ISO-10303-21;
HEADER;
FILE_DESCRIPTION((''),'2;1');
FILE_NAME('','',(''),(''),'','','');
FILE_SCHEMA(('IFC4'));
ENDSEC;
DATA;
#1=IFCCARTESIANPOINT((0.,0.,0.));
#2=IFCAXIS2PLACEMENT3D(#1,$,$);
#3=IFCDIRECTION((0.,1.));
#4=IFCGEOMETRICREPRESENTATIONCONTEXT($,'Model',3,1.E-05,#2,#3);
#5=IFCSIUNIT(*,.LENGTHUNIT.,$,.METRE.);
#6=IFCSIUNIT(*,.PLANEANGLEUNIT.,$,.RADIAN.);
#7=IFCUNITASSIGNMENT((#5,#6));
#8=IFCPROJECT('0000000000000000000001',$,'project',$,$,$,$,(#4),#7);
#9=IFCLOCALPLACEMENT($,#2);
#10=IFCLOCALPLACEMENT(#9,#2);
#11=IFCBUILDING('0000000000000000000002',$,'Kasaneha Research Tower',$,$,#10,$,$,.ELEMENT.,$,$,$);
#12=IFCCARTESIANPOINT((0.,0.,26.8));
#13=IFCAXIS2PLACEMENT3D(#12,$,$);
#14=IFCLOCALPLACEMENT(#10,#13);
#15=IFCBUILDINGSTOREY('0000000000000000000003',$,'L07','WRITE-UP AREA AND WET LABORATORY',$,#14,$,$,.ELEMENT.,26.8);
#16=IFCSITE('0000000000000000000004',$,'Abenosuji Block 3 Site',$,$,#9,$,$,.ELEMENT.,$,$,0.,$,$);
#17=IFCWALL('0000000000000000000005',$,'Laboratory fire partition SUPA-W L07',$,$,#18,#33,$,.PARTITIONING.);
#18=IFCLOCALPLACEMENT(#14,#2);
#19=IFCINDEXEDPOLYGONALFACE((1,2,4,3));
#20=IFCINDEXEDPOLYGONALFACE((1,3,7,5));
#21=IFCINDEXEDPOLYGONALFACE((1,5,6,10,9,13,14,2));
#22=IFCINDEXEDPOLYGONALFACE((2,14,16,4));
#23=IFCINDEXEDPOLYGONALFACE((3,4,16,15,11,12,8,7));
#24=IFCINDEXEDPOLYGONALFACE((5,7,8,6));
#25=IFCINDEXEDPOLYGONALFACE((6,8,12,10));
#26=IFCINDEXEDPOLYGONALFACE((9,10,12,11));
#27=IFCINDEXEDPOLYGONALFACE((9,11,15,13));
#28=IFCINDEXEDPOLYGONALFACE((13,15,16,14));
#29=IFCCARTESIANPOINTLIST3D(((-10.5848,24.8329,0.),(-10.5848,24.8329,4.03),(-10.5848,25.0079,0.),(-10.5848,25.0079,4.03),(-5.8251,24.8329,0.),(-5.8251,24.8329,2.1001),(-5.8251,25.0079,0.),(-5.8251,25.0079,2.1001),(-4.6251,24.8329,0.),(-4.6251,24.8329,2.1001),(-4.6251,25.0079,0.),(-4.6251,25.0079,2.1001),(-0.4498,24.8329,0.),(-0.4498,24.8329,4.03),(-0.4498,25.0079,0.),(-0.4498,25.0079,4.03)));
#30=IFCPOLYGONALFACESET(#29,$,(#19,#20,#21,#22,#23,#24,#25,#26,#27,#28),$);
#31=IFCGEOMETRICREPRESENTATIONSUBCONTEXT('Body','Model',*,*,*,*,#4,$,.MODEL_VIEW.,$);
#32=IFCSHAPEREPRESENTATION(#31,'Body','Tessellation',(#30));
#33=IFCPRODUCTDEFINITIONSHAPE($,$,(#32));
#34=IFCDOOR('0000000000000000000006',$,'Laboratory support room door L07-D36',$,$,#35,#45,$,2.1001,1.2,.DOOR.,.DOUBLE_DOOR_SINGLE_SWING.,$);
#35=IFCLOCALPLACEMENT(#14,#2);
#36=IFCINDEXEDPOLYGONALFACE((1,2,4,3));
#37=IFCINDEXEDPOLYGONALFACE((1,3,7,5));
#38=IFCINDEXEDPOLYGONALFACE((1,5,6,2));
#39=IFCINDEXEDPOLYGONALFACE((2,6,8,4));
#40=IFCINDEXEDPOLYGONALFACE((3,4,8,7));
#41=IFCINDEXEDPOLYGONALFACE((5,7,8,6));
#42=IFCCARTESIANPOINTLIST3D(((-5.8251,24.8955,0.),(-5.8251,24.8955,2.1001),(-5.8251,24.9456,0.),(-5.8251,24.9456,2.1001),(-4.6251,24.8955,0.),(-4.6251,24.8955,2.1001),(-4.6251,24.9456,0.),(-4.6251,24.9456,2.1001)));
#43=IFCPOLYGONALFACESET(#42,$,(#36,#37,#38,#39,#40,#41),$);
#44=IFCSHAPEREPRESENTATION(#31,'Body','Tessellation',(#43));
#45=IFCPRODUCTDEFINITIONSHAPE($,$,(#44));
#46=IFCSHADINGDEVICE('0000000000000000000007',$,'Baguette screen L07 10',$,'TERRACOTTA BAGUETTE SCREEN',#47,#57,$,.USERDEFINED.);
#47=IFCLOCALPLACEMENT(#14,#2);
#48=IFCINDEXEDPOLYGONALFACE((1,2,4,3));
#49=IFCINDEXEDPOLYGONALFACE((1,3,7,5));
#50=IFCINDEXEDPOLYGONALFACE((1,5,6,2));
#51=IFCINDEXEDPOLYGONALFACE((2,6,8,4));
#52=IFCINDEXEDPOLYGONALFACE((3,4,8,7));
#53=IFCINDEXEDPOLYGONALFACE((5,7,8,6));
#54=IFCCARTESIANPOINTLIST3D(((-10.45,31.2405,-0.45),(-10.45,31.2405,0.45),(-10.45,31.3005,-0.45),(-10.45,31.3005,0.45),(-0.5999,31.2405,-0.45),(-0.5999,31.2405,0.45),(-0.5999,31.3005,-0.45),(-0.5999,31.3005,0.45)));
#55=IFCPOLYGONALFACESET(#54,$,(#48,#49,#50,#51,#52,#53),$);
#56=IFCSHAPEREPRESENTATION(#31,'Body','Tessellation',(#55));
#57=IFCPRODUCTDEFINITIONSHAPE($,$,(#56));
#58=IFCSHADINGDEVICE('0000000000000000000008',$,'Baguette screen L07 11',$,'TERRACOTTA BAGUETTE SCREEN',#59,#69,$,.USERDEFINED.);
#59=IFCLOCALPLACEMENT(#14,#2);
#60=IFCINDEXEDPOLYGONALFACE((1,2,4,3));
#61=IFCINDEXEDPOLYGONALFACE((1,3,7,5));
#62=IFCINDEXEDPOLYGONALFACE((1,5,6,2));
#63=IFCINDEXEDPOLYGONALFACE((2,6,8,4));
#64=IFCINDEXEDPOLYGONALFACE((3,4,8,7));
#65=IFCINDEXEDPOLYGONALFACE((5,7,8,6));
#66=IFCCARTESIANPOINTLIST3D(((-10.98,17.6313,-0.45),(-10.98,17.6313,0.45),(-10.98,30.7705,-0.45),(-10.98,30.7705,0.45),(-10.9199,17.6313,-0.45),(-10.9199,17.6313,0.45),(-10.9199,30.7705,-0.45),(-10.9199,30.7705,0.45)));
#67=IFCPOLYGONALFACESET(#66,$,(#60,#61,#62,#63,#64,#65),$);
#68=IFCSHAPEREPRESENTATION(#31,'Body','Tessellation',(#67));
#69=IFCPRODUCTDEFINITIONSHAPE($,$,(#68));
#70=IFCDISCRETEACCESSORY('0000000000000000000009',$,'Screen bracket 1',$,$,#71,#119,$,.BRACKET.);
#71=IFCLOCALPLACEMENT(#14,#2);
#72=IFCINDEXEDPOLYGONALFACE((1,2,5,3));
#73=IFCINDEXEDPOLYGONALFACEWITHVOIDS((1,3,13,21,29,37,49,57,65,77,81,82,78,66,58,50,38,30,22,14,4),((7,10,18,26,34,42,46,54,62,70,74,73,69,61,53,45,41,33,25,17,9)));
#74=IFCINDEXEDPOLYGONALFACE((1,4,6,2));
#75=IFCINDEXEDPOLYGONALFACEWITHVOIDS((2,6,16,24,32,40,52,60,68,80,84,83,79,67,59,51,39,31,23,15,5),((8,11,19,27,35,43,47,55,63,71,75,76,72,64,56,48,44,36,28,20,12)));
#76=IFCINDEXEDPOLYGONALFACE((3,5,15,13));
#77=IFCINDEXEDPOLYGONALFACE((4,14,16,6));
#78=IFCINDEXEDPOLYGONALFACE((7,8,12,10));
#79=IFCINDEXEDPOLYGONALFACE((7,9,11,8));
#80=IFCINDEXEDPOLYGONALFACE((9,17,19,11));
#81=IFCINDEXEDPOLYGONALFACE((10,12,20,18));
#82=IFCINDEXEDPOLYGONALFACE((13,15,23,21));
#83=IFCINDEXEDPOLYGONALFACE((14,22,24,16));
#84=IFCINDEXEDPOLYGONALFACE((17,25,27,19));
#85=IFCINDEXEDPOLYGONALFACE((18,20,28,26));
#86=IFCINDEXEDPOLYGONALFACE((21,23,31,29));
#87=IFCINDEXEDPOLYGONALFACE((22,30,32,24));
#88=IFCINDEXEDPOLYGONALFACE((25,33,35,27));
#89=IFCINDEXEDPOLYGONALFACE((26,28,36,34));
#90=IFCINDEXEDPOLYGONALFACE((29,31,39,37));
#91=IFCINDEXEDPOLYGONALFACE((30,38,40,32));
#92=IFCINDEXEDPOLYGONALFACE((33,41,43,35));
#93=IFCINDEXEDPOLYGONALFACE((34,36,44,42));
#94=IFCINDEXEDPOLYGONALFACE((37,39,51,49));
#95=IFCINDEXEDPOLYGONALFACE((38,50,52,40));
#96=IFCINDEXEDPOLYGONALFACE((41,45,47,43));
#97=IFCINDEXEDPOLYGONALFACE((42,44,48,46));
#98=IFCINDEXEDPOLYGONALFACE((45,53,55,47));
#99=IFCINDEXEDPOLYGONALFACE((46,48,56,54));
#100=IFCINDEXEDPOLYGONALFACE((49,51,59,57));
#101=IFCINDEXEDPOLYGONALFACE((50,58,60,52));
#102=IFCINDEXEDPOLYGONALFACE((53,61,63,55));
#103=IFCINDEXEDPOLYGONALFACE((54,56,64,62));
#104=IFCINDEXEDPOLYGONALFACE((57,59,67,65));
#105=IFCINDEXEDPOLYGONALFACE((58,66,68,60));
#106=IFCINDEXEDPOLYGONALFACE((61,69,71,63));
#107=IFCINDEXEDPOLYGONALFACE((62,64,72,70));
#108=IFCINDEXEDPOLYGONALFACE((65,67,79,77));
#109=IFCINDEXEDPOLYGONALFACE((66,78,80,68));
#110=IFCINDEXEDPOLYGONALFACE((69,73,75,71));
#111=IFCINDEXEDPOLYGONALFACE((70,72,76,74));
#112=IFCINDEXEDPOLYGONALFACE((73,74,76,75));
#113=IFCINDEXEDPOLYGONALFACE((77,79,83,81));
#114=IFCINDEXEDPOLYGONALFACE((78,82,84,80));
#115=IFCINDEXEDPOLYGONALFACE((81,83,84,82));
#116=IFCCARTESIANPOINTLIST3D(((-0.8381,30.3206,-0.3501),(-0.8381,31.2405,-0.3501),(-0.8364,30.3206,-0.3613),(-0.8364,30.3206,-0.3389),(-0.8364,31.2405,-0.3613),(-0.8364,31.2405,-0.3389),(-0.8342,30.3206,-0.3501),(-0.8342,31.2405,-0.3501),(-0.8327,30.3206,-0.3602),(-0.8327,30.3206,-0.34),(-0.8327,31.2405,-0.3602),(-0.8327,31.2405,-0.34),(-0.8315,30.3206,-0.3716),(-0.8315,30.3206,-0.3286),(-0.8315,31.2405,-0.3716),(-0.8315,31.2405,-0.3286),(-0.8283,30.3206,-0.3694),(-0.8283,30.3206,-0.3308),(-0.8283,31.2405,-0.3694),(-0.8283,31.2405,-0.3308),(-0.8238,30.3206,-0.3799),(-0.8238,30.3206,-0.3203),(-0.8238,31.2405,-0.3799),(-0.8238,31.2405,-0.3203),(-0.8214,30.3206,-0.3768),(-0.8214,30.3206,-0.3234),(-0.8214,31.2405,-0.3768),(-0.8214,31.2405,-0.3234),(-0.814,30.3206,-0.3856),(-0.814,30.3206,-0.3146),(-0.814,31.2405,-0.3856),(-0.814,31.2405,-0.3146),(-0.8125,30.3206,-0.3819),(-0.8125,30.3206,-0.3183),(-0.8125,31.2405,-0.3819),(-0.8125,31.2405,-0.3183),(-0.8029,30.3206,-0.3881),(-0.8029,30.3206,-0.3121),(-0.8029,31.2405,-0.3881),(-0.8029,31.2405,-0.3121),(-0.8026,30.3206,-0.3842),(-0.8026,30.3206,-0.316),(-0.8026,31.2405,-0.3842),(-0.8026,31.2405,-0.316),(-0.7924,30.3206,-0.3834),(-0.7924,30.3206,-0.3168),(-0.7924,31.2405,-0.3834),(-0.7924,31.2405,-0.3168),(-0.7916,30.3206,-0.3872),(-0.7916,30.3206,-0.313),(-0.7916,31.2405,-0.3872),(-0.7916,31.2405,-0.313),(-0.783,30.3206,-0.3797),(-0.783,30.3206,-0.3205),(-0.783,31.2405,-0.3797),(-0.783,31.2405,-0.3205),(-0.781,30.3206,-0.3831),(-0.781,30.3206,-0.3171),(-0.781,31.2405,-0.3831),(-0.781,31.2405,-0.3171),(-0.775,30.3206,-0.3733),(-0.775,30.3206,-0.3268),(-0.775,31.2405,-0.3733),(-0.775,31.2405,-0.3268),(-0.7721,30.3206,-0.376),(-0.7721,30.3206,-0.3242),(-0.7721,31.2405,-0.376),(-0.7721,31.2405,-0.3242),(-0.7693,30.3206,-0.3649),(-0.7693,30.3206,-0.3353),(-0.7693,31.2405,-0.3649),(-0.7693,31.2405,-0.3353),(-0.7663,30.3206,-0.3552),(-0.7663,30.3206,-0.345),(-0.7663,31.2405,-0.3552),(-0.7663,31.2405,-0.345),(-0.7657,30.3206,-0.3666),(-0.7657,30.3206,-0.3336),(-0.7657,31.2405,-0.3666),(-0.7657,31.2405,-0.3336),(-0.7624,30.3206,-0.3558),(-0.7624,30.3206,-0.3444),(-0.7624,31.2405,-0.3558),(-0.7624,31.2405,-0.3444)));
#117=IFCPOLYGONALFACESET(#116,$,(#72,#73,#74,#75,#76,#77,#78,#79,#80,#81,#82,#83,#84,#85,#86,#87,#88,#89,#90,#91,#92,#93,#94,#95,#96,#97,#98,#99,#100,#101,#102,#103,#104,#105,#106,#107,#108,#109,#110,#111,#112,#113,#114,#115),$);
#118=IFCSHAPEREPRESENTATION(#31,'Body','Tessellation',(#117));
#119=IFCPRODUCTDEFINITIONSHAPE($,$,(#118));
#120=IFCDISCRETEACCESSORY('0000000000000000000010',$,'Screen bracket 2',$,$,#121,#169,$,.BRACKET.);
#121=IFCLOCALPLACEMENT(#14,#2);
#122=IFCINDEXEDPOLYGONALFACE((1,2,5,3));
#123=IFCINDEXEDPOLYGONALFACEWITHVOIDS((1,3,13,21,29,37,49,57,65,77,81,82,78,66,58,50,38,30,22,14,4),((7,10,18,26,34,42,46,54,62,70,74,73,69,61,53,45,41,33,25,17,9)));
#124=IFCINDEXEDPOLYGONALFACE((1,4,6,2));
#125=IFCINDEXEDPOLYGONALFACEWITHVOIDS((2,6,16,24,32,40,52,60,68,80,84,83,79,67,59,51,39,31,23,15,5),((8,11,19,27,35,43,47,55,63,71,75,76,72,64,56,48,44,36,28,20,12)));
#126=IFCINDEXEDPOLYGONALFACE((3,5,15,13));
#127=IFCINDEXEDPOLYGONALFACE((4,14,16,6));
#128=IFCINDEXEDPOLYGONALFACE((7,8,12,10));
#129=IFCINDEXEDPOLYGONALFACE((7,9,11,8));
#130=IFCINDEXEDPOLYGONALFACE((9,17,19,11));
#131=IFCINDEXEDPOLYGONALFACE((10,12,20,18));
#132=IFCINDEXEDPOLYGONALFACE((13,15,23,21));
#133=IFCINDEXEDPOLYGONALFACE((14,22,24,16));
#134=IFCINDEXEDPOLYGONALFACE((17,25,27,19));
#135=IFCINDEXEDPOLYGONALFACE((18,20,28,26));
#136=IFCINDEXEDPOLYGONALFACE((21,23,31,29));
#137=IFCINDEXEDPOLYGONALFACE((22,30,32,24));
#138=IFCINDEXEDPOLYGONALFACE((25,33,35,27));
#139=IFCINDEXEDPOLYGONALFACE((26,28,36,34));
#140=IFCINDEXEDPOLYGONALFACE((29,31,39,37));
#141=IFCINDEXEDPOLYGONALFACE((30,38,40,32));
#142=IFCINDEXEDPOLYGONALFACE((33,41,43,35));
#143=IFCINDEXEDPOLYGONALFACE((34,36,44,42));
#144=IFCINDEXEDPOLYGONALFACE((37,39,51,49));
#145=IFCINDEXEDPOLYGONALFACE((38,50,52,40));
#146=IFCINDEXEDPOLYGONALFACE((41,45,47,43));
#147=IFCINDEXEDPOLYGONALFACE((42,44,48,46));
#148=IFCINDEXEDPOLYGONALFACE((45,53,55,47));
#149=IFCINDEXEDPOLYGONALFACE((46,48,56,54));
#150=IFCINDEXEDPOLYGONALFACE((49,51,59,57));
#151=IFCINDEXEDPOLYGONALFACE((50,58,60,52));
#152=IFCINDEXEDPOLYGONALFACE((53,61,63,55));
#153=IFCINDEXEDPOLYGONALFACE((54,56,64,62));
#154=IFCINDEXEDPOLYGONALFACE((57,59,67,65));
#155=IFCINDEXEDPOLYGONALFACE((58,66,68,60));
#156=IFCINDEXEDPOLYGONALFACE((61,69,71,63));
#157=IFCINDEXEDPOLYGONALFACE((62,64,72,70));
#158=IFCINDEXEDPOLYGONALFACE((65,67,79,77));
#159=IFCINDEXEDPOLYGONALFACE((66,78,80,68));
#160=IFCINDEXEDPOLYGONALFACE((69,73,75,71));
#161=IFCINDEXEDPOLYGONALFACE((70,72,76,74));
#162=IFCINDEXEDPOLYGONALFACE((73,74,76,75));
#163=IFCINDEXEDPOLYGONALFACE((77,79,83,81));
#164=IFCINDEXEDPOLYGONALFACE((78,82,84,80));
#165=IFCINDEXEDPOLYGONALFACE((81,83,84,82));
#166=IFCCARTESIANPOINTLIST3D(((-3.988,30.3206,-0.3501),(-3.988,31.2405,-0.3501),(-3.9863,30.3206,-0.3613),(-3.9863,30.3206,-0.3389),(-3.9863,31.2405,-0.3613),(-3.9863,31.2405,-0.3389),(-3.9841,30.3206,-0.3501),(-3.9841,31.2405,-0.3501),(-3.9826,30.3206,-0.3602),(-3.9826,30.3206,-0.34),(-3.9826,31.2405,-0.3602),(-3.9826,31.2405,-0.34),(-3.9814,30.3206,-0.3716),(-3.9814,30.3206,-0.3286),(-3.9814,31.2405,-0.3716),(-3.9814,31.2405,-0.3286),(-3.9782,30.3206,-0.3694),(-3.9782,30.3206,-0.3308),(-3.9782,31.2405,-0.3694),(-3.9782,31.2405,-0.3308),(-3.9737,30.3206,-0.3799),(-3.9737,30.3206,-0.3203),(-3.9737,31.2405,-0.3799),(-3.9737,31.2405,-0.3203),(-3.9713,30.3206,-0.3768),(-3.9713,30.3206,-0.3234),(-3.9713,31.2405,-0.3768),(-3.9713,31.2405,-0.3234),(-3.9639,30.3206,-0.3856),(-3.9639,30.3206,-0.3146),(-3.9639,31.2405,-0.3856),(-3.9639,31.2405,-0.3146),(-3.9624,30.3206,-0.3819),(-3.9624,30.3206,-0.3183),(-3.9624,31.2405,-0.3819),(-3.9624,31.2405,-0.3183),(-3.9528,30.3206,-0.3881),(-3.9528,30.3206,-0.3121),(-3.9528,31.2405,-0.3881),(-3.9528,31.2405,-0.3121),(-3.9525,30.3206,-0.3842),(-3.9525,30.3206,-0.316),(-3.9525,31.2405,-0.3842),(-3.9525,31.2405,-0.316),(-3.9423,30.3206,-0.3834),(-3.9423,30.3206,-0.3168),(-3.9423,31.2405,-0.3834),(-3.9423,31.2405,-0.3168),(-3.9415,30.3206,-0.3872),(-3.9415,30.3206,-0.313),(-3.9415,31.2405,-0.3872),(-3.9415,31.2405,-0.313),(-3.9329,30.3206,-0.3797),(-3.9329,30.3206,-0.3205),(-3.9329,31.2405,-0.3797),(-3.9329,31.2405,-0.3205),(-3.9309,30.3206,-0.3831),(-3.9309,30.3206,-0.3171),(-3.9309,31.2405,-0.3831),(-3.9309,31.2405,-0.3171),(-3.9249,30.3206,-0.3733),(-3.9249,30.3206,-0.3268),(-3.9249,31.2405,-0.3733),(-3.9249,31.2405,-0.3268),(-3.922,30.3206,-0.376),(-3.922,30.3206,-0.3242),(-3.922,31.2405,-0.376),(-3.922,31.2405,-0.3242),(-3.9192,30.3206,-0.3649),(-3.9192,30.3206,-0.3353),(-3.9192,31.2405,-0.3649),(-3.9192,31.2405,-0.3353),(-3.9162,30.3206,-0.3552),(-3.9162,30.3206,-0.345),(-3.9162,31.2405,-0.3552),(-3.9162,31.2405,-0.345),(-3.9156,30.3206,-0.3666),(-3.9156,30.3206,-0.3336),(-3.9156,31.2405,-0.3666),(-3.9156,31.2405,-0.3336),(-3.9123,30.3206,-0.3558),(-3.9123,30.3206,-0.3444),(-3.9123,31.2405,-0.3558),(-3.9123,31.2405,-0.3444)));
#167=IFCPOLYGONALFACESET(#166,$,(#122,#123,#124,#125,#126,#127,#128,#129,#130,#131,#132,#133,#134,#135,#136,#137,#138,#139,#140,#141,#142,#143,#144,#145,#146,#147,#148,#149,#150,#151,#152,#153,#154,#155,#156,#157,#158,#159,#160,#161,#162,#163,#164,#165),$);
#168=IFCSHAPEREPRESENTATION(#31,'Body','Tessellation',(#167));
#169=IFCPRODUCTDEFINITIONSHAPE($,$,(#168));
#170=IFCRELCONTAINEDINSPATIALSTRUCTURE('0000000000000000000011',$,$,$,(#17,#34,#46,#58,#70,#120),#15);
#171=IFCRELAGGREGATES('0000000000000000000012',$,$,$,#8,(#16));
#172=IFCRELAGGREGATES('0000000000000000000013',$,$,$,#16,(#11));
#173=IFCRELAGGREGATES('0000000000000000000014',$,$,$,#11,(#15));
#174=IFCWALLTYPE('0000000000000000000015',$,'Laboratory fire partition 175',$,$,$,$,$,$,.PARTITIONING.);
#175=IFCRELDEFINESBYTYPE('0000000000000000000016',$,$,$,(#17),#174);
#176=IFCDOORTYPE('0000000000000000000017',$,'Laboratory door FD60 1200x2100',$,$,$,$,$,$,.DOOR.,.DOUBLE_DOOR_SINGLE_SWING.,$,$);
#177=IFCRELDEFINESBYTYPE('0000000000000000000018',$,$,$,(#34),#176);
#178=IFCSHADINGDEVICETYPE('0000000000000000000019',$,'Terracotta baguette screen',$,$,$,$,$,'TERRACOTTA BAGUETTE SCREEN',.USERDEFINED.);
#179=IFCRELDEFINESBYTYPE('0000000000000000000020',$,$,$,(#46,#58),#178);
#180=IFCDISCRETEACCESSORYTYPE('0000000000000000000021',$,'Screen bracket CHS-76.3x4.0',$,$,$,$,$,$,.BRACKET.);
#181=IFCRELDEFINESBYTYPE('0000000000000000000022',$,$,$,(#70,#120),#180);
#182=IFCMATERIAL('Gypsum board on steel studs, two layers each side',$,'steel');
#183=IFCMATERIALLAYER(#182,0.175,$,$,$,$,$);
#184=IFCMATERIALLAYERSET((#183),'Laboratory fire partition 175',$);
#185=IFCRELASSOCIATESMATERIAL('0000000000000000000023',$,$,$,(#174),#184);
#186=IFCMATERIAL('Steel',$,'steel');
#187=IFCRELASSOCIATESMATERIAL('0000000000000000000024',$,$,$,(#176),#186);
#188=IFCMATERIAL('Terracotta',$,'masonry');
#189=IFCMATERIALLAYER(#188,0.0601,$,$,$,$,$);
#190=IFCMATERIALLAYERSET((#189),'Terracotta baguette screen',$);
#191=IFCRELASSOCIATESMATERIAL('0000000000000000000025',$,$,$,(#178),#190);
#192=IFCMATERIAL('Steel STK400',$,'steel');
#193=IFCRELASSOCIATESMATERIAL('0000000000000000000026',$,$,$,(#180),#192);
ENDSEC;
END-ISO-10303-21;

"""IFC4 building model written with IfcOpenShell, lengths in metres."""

from ifc_helpers import new_model, si_unit, direction, frame, frame_2d, origin, origin_2d, place, context, subcontext, project, spatial, rectangle, hollow_circle, extrude, material, layer, layer_set, material_profile, profile_set, type_object, element, fill, save


model = new_model("IFC4")

# Units and contexts
model_context = context("Model", 3, precision=1e-05, world=origin(), true_north=direction((0.0, 1.0)))
body_context = subcontext(model_context, "Body", "Model", "MODEL_VIEW")
ifc_project = project(units=[si_unit("LENGTHUNIT", "METRE"), si_unit("PLANEANGLEUNIT", "RADIAN")], contexts=[model_context])

# Site, building, storey
site_placement = place(None, origin())
site = spatial("IfcSite", under=ifc_project, at=site_placement, Name="Abenosuji Block 3 Site", CompositionType="ELEMENT", RefElevation=0.0)
building_placement = place(site_placement, origin())
building = spatial("IfcBuilding", under=site, at=building_placement, Name="Kasaneha Research Tower", CompositionType="ELEMENT")
storey_placement = place(building_placement, frame((0.0, 0.0, 26.8)))
storey = spatial("IfcBuildingStorey", under=building, at=storey_placement, Name="L07", Description="WRITE-UP AREA AND WET LABORATORY", CompositionType="ELEMENT", Elevation=26.8)

# Wall, opening, door
ifc_material_1 = material(Name="Gypsum board on steel studs, two layers each side", Category="steel")
ifc_layer_1 = layer(ifc_material_1, 0.175)
ifc_layer_set_1 = layer_set([ifc_layer_1], Name="Laboratory fire partition 175")
wall_type = type_object("IfcWallType", Name="Laboratory fire partition 175", PredefinedType="PARTITIONING", material=ifc_layer_set_1)
wall_placement = place(storey_placement, frame((-0.45, 24.9204, 0.0), z_axis=(0.0, 0.0, 1.0), x_axis=(-1.0, 0.0, 0.0)))
wall = element("IfcWall", 1, at=wall_placement, inside=storey, type_object=wall_type, Name="Laboratory fire partition SUPA-W L07", PredefinedType="PARTITIONING", context=body_context, shape_type="SweptSolid", body=[
    extrude(rectangle(XDim=10.135, YDim=0.175, at=frame_2d((5.0674, 0.0))), origin(), (0.0, 0.0, 1.0), 4.03),
])
opening_placement = place(wall_placement, frame((4.175, 0.0, 0.0)))
opening = element("IfcOpeningElement", 2, at=opening_placement, cuts=wall, PredefinedType="OPENING", context=body_context, shape_type="SweptSolid", body=[
    extrude(rectangle(XDim=1.2, YDim=2.1001, at=frame_2d((0.6001, 1.05))), frame((0.0, 0.0977, 0.0), z_axis=(0.0, -1.0, 0.0), x_axis=(1.0, 0.0, 0.0)), (0.0, 0.0, 1.0), 0.1951),
])
ifc_material_2 = material(Name="Steel", Category="steel")
door_type = type_object("IfcDoorType", Name="Laboratory door FD60 1200x2100", OperationType="DOUBLE_DOOR_SINGLE_SWING", PredefinedType="DOOR", material=ifc_material_2)
door_placement = place(opening_placement, origin())
door = element("IfcDoor", 3, at=door_placement, inside=storey, type_object=door_type, Name="Laboratory support room door L07-D36", OperationType="DOUBLE_DOOR_SINGLE_SWING", OverallHeight=2.1001, OverallWidth=1.2, PredefinedType="DOOR", context=body_context, shape_type="SweptSolid", body=[
    extrude(rectangle(XDim=1.2, YDim=2.1001, at=frame_2d((0.6001, 1.05))), frame((0.0, 0.0249, 0.0), z_axis=(0.0, -1.0, 0.0), x_axis=(1.0, 0.0, 0.0)), (0.0, 0.0, 1.0), 0.05),
])
fill(opening, door)

# Shading devices
ifc_material_3 = material(Name="Terracotta", Category="masonry")
ifc_layer_2 = layer(ifc_material_3, 0.0601)
ifc_layer_set_2 = layer_set([ifc_layer_2], Name="Terracotta baguette screen")
shading_device_type = type_object("IfcShadingDeviceType", Name="Terracotta baguette screen", ElementType="TERRACOTTA BAGUETTE SCREEN", PredefinedType="USERDEFINED", material=ifc_layer_set_2)
shading_device_1_placement = place(storey_placement, frame((-5.5249, 31.2705, -0.45), z_axis=(0.0, 0.0, 1.0), x_axis=(-1.0, 0.0, 0.0)))
element("IfcShadingDevice", 4, at=shading_device_1_placement, inside=storey, type_object=shading_device_type, Name="Baguette screen L07 10", ObjectType="TERRACOTTA BAGUETTE SCREEN", PredefinedType="USERDEFINED", context=body_context, shape_type="SweptSolid", body=[
    extrude(rectangle(XDim=9.8501, YDim=0.0601, at=origin_2d()), origin(), (0.0, 0.0, 1.0), 0.8999),
])
shading_device_2_placement = place(storey_placement, frame((-10.95, 24.2009, -0.45), z_axis=(0.0, 0.0, 1.0), x_axis=(0.0, -1.0, 0.0)))
element("IfcShadingDevice", 5, at=shading_device_2_placement, inside=storey, type_object=shading_device_type, Name="Baguette screen L07 11", ObjectType="TERRACOTTA BAGUETTE SCREEN", PredefinedType="USERDEFINED", context=body_context, shape_type="SweptSolid", body=[
    extrude(rectangle(XDim=13.1392, YDim=0.0601, at=origin_2d()), origin(), (0.0, 0.0, 1.0), 0.8999),
])

# Discrete accessories
ifc_material_4 = material(Name="Steel STK400", Category="steel")
ifc_material_profile_1 = material_profile(ifc_material_4, hollow_circle(Radius=0.0381, WallThickness=0.0039, at=origin_2d()), Name="CHS-76.3x4.0")
ifc_profile_set_1 = profile_set([ifc_material_profile_1], Name="Steel STK400")
discrete_accessory_type = type_object("IfcDiscreteAccessoryType", Name="Screen bracket CHS-76.3x4.0", PredefinedType="BRACKET", material=ifc_profile_set_1)
for number, where, z_axis, x_axis, name in (
    (6, (-0.8, 30.3206, -0.3501), (0.0, 1.0, 0.0), (-1.0, 0.0, 0.0), "Screen bracket 1"),
    (7, (-3.95, 30.3206, -0.3501), (0.0, 1.0, 0.0), (-1.0, 0.0, 0.0), "Screen bracket 2"),
):
    element("IfcDiscreteAccessory", number, at=place(storey_placement, frame(where, z_axis=z_axis, x_axis=x_axis)), inside=storey, type_object=discrete_accessory_type, Name=name, PredefinedType="BRACKET", context=body_context, shape_type="SweptSolid", body=[
        extrude(hollow_circle(Radius=0.0381, WallThickness=0.0039, at=origin_2d()), origin(), (0.0, 0.0, 1.0), 0.9199),
    ])

save(model, "model.ifc")
